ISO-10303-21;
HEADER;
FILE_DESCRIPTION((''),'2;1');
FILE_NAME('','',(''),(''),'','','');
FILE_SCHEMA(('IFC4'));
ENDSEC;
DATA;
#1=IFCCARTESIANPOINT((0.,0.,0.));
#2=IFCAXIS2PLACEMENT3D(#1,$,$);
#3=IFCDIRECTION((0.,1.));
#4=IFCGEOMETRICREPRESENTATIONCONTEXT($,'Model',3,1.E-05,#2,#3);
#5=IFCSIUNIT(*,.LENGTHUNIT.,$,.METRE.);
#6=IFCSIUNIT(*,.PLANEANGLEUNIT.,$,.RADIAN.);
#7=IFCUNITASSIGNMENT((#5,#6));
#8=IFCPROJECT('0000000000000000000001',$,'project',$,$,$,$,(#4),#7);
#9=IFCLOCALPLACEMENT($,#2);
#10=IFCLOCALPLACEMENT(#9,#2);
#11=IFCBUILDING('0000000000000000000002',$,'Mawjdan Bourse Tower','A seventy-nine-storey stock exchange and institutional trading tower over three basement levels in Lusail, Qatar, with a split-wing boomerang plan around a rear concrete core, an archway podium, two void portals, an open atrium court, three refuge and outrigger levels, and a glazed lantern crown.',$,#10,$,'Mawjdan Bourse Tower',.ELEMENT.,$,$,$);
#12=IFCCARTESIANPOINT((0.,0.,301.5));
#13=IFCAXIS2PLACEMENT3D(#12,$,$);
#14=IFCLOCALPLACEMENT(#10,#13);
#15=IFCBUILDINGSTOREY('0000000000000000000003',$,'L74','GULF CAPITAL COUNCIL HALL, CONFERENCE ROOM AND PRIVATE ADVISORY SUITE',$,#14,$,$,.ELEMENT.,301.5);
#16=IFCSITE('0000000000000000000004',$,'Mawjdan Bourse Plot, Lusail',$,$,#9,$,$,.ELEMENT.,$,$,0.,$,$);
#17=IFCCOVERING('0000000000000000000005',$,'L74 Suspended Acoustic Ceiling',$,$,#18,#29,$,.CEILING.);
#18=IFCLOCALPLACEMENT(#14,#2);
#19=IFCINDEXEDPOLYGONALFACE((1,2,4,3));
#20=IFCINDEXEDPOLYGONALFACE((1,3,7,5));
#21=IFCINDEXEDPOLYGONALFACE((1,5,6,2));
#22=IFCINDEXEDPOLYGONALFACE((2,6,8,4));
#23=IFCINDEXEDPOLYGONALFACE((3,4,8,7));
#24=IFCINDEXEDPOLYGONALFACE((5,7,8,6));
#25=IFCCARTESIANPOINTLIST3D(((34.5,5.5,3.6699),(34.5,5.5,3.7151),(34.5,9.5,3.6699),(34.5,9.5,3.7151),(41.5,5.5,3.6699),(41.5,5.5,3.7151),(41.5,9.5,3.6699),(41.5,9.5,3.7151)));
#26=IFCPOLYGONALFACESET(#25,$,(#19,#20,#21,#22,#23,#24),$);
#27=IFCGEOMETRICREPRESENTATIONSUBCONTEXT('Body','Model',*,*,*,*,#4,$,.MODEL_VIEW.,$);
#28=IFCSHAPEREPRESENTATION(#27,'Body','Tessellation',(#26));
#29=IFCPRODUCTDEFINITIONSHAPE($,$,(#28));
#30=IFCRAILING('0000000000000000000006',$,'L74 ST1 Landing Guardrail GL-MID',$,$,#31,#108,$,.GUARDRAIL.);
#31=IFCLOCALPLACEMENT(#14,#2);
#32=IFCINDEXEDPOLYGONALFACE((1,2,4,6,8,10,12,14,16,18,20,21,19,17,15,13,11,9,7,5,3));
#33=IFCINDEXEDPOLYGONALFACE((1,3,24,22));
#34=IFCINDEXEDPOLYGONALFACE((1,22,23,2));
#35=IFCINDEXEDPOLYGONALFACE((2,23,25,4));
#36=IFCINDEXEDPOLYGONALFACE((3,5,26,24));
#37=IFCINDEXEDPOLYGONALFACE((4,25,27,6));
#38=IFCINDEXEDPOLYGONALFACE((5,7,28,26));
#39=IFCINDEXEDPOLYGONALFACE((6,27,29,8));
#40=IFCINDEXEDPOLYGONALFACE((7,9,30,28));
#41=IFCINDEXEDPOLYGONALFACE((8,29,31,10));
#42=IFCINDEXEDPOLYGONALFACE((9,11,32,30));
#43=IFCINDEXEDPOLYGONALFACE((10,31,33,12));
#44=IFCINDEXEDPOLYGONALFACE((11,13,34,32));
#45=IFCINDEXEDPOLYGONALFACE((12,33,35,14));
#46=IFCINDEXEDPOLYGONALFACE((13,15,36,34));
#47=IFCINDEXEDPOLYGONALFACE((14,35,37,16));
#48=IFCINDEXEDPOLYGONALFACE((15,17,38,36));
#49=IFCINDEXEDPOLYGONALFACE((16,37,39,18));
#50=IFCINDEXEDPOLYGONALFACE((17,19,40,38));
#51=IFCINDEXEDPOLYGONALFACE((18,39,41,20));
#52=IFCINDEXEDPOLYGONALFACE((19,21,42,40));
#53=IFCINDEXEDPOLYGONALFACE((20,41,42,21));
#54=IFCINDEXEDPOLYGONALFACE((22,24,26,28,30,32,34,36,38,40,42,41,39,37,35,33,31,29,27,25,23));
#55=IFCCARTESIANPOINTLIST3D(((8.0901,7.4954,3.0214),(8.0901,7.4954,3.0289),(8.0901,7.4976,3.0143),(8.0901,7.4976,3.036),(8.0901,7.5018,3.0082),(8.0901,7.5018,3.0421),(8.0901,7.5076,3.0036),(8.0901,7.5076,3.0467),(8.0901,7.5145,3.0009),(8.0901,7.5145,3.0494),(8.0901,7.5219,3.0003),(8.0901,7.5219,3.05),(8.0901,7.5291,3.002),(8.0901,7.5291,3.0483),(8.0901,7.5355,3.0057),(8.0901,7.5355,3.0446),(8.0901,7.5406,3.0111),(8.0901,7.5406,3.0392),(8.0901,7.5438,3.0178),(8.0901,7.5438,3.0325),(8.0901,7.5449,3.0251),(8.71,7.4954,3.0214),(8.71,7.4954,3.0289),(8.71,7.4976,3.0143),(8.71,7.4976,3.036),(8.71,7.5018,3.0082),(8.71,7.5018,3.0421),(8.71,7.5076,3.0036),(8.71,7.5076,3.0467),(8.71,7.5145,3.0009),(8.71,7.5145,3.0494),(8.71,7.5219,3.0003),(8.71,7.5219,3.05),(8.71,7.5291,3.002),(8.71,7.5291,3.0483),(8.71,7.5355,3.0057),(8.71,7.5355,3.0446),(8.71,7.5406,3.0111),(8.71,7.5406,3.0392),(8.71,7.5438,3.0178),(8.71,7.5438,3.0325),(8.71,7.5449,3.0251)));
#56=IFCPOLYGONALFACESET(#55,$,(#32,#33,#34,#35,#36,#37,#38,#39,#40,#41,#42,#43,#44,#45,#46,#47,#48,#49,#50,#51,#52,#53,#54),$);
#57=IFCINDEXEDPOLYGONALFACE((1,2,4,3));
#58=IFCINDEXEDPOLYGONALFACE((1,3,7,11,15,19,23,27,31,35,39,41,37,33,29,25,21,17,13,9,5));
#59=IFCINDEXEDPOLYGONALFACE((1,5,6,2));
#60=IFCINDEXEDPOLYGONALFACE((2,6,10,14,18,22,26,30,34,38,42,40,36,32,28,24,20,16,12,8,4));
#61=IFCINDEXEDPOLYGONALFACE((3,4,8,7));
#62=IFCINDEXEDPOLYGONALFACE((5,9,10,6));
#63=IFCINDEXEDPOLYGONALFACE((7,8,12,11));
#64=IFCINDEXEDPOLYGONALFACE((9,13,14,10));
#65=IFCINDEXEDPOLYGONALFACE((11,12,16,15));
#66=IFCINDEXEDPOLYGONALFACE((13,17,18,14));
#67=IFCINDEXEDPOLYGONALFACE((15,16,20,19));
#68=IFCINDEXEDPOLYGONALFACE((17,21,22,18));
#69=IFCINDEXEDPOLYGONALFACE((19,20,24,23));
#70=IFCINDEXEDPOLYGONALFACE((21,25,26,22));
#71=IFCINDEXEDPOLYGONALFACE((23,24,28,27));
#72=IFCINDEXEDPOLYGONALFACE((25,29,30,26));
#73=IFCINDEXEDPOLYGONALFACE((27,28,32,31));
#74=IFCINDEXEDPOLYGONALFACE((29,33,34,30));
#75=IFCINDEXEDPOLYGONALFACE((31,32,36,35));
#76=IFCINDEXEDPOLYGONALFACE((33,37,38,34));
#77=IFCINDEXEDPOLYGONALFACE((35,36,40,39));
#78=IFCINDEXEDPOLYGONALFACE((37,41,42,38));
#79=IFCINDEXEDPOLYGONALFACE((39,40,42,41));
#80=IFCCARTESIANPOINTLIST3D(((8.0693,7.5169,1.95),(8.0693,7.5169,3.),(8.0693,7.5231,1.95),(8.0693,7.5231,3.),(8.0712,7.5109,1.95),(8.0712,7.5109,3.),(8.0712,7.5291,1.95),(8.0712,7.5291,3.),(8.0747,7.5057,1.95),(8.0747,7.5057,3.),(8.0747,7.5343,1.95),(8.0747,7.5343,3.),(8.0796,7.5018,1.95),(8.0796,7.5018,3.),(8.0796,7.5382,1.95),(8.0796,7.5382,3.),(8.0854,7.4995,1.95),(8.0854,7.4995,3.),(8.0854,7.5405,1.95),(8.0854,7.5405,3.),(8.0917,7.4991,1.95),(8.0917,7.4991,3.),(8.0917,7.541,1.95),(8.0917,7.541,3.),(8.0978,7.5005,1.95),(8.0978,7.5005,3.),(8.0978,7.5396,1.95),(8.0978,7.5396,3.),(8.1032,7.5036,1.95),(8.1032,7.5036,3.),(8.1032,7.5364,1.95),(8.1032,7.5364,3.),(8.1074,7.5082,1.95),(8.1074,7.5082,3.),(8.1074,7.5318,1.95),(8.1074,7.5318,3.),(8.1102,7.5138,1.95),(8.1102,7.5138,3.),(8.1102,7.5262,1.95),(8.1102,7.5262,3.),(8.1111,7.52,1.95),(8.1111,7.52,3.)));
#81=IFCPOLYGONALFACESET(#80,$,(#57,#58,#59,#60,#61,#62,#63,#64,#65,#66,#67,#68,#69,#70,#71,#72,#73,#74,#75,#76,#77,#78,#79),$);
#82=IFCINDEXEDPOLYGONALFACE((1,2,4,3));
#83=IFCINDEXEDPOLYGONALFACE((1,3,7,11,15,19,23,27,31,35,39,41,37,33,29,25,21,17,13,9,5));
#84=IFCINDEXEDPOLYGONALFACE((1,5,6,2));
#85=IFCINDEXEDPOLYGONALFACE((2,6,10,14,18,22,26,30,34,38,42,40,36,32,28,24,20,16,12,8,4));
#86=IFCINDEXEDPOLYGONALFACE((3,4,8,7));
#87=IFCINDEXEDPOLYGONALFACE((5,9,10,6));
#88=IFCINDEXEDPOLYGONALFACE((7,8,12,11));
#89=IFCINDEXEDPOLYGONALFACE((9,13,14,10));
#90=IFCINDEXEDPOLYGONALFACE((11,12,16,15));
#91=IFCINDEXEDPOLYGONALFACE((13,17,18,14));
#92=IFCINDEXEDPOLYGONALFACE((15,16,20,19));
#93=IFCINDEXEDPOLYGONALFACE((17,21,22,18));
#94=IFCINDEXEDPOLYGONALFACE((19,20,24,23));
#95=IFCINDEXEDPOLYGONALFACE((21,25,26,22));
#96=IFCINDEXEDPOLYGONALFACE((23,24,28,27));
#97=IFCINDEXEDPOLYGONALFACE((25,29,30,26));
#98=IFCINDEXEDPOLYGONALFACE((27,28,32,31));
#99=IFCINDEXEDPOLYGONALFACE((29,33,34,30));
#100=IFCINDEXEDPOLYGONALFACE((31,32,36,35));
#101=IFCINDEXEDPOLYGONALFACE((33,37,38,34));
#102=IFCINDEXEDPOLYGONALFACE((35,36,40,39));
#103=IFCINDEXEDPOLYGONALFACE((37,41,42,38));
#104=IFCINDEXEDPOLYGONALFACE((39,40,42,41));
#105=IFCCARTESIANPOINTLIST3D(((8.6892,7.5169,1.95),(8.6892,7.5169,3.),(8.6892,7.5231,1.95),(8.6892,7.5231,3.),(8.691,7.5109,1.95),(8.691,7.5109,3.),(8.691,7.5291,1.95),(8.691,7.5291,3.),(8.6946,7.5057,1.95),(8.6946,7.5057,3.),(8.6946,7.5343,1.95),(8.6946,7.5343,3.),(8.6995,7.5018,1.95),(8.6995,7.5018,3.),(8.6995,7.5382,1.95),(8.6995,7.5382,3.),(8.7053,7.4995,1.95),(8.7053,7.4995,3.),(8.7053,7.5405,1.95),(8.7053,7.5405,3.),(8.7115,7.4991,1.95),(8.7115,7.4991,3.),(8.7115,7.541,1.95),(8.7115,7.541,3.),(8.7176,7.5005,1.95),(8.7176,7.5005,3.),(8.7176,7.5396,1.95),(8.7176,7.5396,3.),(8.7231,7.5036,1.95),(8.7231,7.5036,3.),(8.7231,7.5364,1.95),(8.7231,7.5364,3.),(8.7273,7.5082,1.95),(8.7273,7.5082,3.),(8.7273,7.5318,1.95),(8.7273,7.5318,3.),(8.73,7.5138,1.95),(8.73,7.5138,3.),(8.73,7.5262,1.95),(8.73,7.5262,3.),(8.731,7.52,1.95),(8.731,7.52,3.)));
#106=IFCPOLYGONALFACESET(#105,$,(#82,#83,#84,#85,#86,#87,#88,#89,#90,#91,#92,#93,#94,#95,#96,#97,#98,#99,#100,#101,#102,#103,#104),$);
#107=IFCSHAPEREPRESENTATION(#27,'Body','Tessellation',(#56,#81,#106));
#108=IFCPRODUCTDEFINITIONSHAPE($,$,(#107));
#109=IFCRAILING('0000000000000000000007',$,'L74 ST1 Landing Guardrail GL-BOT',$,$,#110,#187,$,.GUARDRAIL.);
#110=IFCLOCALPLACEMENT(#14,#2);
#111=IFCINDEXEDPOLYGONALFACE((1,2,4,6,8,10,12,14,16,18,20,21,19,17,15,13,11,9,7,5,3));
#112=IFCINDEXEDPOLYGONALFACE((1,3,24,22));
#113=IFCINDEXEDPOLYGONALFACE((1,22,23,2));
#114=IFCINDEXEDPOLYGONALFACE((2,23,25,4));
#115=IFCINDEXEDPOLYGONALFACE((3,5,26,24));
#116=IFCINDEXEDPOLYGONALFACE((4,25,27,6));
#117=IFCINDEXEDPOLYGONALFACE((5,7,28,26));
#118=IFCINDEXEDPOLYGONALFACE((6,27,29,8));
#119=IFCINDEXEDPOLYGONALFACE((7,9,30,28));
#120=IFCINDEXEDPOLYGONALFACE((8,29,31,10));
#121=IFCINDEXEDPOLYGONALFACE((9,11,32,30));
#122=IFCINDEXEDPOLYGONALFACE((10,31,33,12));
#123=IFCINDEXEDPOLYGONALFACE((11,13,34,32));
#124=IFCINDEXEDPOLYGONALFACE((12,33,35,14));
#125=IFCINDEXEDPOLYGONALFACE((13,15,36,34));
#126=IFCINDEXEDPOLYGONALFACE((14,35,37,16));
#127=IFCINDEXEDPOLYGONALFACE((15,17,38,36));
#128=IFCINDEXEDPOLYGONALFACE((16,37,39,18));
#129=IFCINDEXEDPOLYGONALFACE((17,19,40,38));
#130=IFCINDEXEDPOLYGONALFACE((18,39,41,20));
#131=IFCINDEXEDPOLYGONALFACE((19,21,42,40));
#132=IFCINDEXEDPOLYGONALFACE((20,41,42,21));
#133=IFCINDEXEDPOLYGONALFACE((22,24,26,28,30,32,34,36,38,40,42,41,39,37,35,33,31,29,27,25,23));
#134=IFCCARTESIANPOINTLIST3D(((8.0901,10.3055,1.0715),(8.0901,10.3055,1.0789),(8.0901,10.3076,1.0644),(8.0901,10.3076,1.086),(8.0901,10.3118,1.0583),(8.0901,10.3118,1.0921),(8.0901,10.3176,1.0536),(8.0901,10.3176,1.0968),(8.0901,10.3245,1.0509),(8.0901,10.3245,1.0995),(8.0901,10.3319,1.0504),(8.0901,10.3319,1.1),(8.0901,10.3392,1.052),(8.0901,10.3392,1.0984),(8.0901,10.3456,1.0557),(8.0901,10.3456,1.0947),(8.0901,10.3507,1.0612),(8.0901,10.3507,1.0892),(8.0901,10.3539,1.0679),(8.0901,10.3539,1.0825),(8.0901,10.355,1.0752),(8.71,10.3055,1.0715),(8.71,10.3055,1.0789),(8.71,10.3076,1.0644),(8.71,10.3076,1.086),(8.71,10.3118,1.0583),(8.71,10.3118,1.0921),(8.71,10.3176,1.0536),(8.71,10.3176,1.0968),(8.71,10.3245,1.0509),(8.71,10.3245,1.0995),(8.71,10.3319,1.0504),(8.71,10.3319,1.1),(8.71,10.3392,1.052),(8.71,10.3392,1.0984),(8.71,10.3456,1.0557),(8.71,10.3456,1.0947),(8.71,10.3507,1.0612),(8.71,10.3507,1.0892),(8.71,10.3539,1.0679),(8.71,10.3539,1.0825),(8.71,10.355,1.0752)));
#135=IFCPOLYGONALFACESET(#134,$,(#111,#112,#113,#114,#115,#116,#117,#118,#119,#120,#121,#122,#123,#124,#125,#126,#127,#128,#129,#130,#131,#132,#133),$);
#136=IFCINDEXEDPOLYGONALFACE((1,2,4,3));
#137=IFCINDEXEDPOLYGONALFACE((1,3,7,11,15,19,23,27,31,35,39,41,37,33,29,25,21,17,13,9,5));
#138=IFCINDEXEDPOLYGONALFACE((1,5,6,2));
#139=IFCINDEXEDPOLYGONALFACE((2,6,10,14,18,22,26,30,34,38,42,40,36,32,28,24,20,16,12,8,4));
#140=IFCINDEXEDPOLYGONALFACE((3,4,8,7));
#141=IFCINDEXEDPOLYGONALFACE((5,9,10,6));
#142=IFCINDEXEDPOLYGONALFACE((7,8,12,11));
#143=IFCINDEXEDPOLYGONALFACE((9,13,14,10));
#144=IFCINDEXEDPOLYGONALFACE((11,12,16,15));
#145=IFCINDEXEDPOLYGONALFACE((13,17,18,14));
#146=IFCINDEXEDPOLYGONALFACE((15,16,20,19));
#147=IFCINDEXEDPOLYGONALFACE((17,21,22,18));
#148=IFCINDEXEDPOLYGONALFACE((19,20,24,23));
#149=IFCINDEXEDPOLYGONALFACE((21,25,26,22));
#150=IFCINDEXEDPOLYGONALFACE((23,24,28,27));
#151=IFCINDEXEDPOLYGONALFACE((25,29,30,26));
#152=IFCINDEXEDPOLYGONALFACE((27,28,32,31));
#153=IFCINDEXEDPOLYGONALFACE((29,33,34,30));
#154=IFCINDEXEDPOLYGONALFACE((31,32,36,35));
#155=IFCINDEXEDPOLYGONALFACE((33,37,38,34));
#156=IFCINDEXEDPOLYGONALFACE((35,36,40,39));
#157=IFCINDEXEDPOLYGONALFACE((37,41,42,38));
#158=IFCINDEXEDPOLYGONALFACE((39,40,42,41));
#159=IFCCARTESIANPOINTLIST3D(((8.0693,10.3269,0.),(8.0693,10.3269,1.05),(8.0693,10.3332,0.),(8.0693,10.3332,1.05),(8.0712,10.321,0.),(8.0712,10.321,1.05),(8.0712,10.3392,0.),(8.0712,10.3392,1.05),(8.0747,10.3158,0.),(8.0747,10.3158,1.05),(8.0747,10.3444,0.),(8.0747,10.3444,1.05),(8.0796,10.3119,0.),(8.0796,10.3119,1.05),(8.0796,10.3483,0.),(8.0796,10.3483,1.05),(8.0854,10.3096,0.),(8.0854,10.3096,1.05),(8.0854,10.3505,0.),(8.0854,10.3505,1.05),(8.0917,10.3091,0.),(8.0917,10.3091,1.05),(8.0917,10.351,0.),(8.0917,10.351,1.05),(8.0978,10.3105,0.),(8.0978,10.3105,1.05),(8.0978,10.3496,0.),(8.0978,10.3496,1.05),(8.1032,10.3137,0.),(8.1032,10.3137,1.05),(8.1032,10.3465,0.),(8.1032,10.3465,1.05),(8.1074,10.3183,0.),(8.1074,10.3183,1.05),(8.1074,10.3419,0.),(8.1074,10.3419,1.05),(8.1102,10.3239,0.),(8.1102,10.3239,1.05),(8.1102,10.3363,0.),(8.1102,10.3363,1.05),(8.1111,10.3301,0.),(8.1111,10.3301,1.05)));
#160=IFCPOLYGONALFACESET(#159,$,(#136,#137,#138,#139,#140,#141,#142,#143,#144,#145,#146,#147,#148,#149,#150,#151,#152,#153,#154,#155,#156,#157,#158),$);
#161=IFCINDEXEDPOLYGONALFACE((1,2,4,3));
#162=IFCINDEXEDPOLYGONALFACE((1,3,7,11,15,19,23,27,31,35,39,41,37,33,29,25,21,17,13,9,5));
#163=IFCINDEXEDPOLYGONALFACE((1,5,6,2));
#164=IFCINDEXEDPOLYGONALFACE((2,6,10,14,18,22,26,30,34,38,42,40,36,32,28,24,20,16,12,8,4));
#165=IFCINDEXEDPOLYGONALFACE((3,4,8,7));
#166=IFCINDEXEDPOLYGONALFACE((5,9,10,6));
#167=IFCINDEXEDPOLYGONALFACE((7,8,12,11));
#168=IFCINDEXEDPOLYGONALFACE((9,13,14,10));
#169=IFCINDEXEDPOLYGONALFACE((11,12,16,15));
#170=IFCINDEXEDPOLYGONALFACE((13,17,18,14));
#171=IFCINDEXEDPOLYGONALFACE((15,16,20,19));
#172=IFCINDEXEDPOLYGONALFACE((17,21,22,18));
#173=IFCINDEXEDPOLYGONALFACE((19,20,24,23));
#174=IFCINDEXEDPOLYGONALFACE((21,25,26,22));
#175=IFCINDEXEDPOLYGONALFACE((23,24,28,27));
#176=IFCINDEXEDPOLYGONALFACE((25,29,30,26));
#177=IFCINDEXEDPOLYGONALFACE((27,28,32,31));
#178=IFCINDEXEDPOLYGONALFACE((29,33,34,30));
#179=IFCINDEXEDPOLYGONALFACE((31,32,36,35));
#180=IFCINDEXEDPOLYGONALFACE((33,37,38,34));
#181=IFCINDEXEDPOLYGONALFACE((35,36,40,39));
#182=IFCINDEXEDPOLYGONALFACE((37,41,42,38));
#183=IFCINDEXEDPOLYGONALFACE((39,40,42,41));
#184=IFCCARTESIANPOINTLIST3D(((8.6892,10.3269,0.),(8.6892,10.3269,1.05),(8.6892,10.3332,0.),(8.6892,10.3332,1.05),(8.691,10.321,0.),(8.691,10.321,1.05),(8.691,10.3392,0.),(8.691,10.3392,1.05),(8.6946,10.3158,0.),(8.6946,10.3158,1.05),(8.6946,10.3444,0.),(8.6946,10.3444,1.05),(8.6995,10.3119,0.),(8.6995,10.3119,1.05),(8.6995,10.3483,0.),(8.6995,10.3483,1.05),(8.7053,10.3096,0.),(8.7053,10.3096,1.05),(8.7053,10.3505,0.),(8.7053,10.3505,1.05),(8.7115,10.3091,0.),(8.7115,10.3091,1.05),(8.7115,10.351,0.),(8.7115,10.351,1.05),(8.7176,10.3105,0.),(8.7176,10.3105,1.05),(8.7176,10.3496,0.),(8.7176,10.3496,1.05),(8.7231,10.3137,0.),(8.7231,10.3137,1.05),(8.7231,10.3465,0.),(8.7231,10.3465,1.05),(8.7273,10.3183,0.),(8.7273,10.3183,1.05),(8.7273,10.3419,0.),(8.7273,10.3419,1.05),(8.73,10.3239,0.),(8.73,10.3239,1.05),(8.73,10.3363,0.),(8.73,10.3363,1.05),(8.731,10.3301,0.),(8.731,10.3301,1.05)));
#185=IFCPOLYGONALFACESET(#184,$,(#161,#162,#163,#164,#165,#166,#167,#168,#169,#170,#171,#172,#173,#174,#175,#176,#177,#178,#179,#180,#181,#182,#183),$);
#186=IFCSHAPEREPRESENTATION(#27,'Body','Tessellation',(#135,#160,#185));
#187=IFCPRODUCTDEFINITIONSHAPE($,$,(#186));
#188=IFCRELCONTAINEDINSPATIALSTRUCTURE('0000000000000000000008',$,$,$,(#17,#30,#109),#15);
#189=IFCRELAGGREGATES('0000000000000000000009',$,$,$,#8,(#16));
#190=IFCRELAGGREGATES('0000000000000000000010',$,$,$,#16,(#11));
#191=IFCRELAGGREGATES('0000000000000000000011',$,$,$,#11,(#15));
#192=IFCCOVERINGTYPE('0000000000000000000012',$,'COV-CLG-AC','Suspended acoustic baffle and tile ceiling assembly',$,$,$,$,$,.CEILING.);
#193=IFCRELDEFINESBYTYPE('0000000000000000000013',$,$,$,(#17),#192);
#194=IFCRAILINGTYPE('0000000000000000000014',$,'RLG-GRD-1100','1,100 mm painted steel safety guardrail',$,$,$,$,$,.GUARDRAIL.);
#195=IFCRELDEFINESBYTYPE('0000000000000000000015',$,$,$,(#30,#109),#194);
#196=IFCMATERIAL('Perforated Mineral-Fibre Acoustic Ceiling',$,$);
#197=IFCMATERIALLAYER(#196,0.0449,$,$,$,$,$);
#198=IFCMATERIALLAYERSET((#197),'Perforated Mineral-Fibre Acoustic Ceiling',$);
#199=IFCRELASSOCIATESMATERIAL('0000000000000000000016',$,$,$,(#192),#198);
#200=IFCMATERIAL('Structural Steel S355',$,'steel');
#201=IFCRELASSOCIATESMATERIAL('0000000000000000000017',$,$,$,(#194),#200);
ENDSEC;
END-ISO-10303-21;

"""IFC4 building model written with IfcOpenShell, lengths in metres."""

from ifc_helpers import new_model, si_unit, direction, frame, origin, origin_2d, place, context, subcontext, project, spatial, polyline, circle, outline, extrude, material, layer, layer_set, type_object, element, save


model = new_model("IFC4")

# Units and contexts
model_context = context("Model", 3, precision=1e-05, world=origin(), true_north=direction((0.0, 1.0)))
body_context = subcontext(model_context, "Body", "Model", "MODEL_VIEW")
ifc_project = project(units=[si_unit("LENGTHUNIT", "METRE"), si_unit("PLANEANGLEUNIT", "RADIAN")], contexts=[model_context])

# Site, building, storey
site_placement = place(None, origin())
site = spatial("IfcSite", under=ifc_project, at=site_placement, Name="Mawjdan Bourse Plot, Lusail", CompositionType="ELEMENT", RefElevation=0.0)
building_placement = place(site_placement, origin())
building = spatial("IfcBuilding", under=site, at=building_placement, Name="Mawjdan Bourse Tower", Description="A seventy-nine-storey stock exchange and institutional trading tower over three basement levels in Lusail, Qatar, with a split-wing boomerang plan around a rear concrete core, an archway podium, two void portals, an open atrium court, three refuge and outrigger levels, and a glazed lantern crown.", LongName="Mawjdan Bourse Tower", CompositionType="ELEMENT")
storey_placement = place(building_placement, frame((0.0, 0.0, 301.5)))
storey = spatial("IfcBuildingStorey", under=building, at=storey_placement, Name="L74", Description="GULF CAPITAL COUNCIL HALL, CONFERENCE ROOM AND PRIVATE ADVISORY SUITE", CompositionType="ELEMENT", Elevation=301.5)

# Covering
ifc_material_1 = material(Name="Perforated Mineral-Fibre Acoustic Ceiling")
ifc_layer_1 = layer(ifc_material_1, 0.0449)
ifc_layer_set_1 = layer_set([ifc_layer_1], Name="Perforated Mineral-Fibre Acoustic Ceiling")
covering_type = type_object("IfcCoveringType", Name="COV-CLG-AC", Description="Suspended acoustic baffle and tile ceiling assembly", PredefinedType="CEILING", material=ifc_layer_set_1)
covering_placement = place(storey_placement, frame((0.0, 0.0, 3.6699)))
element("IfcCovering", 1, at=covering_placement, inside=storey, type_object=covering_type, Name="L74 Suspended Acoustic Ceiling", PredefinedType="CEILING", context=body_context, shape_type="SweptSolid", body=[
    extrude(outline(polyline([(34.5, 5.5), (41.5, 5.5), (41.5, 9.5), (34.5, 9.5), (34.5, 5.5)])), origin(), (0.0, 0.0, 1.0), 0.0452),
])

# Railings
ifc_material_2 = material(Name="Structural Steel S355", Category="steel")
railing_type_1 = type_object("IfcRailingType", Name="RLG-GRD-1100", Description="1,100 mm painted steel safety guardrail", PredefinedType="GUARDRAIL", material=ifc_material_2)
for number, where, name in (
    (2, (8.0901, 7.52, 1.95), "L74 ST1 Landing Guardrail GL-MID"),
    (3, (8.0901, 10.3301, 0.0), "L74 ST1 Landing Guardrail GL-BOT"),
):
    element("IfcRailing", number, at=place(storey_placement, frame(where)), inside=storey, type_object=railing_type_1, Name=name, PredefinedType="GUARDRAIL", context=body_context, shape_type="SweptSolid", body=[
        extrude(circle(Radius=0.0249, at=origin_2d()), frame((0.0, 0.0, 1.0752), z_axis=(1.0, 0.0, 0.0), x_axis=(0.0, 1.0, 0.0)), (0.0, 0.0, 1.0), 0.6199),
        extrude(circle(Radius=0.021, at=origin_2d()), origin(), (0.0, 0.0, 1.0), 1.05),
        extrude(circle(Radius=0.021, at=origin_2d()), frame((0.6199, 0.0, 0.0)), (0.0, 0.0, 1.0), 1.05),
    ])

save(model, "model.ifc")
